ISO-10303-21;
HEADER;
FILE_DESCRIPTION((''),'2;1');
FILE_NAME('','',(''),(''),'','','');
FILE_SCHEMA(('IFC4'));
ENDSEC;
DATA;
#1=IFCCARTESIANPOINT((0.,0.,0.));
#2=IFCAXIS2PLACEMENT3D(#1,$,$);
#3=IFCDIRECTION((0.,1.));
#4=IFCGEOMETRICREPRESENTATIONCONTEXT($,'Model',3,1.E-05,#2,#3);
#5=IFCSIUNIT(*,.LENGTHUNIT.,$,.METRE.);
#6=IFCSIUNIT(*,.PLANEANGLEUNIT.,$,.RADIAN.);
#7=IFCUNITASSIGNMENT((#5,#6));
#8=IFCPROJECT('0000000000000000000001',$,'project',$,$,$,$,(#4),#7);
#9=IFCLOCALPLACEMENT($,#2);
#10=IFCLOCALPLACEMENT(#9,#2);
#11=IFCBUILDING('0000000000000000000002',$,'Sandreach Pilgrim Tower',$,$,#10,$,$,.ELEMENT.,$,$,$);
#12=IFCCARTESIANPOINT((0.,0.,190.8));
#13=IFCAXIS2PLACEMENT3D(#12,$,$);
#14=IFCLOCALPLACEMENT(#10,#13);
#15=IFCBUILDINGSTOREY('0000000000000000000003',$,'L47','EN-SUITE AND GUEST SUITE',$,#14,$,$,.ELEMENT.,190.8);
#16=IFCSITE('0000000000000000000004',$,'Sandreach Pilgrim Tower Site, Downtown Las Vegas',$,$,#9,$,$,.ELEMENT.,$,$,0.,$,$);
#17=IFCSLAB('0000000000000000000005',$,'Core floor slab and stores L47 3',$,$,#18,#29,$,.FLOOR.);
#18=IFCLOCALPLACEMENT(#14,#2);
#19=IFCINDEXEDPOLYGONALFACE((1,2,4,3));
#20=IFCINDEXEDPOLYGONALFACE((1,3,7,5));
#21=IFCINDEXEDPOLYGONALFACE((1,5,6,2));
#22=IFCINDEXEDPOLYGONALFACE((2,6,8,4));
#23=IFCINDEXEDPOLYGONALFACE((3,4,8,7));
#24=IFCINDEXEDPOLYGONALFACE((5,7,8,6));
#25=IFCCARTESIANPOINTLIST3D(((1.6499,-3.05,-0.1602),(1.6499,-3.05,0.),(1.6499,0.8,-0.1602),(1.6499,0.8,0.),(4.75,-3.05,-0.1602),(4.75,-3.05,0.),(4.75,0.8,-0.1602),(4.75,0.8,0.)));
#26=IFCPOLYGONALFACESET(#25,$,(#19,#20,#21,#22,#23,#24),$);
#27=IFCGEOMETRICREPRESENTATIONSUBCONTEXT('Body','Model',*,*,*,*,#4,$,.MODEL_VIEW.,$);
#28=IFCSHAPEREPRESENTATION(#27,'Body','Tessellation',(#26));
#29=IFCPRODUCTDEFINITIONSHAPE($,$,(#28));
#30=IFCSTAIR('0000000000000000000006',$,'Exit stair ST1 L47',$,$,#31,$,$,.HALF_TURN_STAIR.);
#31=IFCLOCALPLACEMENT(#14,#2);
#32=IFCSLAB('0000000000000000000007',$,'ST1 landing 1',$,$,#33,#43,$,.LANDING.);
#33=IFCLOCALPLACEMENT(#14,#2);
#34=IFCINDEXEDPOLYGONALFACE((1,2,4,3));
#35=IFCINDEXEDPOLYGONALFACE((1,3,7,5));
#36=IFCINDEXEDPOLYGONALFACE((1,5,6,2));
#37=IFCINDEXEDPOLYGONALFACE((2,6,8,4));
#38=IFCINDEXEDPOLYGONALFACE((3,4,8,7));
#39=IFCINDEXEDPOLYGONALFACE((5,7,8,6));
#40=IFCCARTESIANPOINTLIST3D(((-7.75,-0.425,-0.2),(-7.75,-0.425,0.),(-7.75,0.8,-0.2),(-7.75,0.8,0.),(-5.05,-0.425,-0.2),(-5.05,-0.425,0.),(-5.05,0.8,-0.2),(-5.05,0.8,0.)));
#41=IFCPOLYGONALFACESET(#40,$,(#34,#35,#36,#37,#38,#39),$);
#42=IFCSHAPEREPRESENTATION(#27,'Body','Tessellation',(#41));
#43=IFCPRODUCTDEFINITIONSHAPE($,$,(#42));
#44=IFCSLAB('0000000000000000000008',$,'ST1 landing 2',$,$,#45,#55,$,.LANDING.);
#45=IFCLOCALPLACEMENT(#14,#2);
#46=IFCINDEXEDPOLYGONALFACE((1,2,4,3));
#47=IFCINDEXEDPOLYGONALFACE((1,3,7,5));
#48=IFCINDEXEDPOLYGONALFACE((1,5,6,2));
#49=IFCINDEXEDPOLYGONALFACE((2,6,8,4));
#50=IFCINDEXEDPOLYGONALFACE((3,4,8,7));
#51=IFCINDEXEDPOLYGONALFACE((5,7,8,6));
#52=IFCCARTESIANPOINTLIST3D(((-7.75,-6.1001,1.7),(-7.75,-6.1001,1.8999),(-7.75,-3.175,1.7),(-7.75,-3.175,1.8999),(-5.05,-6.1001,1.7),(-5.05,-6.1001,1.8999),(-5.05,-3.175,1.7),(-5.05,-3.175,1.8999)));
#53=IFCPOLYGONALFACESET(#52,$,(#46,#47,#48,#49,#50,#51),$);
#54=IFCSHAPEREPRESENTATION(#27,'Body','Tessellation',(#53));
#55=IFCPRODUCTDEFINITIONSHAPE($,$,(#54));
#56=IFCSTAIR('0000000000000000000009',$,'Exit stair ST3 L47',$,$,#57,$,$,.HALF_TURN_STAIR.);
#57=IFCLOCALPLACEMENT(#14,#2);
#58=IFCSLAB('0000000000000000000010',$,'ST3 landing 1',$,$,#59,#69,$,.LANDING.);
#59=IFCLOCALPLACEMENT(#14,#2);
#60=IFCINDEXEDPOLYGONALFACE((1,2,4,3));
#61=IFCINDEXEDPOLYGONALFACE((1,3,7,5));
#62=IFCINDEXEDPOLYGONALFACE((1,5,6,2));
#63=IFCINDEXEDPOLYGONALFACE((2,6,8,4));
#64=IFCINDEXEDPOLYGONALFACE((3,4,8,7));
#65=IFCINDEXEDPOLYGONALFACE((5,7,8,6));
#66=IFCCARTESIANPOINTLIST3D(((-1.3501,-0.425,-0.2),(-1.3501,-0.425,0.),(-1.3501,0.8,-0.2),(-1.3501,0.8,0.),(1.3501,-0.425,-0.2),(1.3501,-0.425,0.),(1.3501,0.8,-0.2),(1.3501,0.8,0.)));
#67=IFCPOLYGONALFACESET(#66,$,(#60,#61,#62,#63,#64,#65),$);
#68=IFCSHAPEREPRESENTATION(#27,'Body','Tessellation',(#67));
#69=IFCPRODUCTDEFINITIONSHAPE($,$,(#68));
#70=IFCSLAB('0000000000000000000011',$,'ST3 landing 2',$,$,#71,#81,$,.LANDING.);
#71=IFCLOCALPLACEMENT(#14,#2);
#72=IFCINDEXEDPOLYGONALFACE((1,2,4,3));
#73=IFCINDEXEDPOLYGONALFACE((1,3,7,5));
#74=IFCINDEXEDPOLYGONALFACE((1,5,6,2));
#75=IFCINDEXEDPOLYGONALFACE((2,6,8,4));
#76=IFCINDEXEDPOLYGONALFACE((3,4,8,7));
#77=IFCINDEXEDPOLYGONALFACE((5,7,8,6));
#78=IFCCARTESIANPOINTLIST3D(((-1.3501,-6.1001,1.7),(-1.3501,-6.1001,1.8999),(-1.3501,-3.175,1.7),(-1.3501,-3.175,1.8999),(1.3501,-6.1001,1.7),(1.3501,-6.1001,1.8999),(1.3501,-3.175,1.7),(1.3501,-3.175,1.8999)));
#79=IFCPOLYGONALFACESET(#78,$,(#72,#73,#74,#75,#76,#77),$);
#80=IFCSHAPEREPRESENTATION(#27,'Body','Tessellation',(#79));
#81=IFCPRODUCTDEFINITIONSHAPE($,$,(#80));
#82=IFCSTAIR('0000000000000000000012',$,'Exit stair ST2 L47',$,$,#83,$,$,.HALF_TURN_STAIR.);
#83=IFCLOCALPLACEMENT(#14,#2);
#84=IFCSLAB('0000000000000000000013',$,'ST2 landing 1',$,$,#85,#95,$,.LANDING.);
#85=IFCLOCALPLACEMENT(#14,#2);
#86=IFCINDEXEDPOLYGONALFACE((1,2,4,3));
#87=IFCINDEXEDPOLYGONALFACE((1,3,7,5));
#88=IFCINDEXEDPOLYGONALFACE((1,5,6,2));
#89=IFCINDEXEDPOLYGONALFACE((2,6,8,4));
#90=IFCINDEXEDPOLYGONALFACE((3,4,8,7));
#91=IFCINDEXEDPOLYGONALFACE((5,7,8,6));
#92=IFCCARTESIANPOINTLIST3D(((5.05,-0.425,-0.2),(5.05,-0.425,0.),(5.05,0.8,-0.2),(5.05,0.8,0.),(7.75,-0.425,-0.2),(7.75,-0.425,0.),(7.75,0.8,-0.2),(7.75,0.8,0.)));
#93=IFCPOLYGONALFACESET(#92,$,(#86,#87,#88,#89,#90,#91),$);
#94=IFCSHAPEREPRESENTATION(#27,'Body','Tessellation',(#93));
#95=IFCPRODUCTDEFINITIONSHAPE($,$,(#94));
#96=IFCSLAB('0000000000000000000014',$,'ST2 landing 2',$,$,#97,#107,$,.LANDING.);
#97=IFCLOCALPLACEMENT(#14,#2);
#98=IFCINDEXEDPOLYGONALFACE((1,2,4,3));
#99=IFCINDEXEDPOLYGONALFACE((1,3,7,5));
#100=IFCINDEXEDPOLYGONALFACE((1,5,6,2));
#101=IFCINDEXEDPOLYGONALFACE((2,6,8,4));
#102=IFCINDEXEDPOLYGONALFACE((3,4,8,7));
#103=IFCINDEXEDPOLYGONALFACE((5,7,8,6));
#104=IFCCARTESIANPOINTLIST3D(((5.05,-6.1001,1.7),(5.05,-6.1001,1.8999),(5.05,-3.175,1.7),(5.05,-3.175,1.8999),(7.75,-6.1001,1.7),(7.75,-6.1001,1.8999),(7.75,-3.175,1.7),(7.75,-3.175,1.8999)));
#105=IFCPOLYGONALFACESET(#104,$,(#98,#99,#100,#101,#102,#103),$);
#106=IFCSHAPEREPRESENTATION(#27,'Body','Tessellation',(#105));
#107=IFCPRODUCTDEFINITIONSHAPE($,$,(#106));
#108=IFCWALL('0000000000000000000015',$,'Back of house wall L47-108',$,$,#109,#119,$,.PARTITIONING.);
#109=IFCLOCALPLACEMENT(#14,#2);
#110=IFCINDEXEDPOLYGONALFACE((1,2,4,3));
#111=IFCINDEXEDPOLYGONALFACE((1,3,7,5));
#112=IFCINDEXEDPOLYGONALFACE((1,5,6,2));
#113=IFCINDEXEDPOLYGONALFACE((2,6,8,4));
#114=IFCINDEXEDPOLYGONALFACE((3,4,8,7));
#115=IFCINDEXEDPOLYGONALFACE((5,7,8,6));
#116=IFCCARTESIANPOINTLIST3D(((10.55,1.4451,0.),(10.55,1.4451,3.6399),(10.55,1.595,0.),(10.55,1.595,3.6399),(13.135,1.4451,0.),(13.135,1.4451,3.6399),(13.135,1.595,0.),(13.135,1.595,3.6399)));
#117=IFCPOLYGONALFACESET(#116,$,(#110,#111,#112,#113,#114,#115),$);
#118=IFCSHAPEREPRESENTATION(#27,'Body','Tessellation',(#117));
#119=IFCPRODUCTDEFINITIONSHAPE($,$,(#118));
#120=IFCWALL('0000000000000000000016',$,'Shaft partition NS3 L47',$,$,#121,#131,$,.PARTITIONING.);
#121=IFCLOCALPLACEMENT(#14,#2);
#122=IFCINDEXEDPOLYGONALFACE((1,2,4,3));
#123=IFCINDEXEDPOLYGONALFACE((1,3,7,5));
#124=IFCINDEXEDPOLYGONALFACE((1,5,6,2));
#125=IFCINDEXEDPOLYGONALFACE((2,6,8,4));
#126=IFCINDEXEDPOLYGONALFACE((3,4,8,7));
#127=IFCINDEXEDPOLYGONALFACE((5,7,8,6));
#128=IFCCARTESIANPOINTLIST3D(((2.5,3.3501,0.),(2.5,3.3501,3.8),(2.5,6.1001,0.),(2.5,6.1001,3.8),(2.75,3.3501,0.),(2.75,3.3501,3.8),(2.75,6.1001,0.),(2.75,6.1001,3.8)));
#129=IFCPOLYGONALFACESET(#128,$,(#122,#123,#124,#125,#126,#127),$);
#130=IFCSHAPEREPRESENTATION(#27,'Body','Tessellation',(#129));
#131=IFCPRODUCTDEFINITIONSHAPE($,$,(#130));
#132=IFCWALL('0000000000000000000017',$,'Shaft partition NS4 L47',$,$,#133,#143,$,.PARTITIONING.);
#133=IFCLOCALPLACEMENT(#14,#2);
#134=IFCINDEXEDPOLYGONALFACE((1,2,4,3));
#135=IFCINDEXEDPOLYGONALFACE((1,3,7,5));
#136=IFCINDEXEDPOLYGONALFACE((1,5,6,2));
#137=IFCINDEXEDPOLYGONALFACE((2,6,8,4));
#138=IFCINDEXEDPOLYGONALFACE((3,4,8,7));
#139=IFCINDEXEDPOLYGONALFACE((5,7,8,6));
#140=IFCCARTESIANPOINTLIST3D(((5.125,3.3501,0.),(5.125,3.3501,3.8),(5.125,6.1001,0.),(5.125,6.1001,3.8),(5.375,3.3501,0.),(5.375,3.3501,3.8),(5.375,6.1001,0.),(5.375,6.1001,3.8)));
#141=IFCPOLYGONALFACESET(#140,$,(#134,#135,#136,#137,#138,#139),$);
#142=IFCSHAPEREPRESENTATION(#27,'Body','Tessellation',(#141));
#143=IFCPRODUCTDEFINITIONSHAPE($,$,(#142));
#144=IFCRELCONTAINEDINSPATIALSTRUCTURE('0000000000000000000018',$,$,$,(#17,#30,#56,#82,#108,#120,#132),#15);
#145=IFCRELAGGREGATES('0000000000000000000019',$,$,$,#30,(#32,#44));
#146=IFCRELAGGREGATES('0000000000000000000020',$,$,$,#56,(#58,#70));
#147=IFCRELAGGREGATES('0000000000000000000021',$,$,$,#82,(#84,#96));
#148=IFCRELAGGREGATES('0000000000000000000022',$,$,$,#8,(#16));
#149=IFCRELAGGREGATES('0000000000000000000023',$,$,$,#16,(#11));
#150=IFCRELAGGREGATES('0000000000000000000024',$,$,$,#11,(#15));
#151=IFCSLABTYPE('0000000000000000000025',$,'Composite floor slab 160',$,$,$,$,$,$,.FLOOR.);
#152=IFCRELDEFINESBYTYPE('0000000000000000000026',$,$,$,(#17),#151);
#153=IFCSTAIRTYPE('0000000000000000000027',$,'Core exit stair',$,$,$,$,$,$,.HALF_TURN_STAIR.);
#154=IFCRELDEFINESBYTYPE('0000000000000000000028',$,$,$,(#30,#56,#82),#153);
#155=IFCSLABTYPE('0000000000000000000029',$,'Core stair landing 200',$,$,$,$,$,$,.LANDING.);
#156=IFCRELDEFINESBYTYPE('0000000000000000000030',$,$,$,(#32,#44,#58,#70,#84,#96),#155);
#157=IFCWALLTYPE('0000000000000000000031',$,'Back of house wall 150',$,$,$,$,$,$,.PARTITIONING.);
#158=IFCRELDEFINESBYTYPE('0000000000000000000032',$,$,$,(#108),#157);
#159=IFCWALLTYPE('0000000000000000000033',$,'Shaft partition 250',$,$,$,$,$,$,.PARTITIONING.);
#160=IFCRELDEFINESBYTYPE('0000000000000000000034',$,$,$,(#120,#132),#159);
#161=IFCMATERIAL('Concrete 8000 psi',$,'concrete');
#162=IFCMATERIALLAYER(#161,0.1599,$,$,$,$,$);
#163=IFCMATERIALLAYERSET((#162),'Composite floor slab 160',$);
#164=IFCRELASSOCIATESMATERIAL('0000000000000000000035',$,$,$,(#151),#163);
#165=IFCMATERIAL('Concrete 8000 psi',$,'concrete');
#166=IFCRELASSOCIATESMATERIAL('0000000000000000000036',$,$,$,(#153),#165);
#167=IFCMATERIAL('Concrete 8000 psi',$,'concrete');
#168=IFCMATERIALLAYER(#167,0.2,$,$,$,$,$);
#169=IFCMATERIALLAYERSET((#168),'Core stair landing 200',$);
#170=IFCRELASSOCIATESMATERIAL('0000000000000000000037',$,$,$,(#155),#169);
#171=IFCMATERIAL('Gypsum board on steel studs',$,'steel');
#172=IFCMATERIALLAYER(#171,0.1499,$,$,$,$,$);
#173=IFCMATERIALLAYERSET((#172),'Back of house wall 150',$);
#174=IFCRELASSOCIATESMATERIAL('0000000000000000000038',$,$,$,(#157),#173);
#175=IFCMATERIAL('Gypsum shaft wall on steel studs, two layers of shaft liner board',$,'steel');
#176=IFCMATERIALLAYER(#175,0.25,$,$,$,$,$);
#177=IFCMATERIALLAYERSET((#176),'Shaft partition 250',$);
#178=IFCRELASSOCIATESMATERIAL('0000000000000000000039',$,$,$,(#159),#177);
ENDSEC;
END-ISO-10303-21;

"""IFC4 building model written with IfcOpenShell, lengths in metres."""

from ifc_helpers import new_model, si_unit, direction, frame, frame_2d, origin, place, context, subcontext, project, spatial, polyline, rectangle, outline, extrude, material, layer, layer_set, type_object, element, aggregate, save


model = new_model("IFC4")

# Units and contexts
model_context = context("Model", 3, precision=1e-05, world=origin(), true_north=direction((0.0, 1.0)))
body_context = subcontext(model_context, "Body", "Model", "MODEL_VIEW")
ifc_project = project(units=[si_unit("LENGTHUNIT", "METRE"), si_unit("PLANEANGLEUNIT", "RADIAN")], contexts=[model_context])

# Site, building, storey
site_placement = place(None, origin())
site = spatial("IfcSite", under=ifc_project, at=site_placement, Name="Sandreach Pilgrim Tower Site, Downtown Las Vegas", CompositionType="ELEMENT", RefElevation=0.0)
building_placement = place(site_placement, origin())
building = spatial("IfcBuilding", under=site, at=building_placement, Name="Sandreach Pilgrim Tower", CompositionType="ELEMENT")
storey_placement = place(building_placement, frame((0.0, 0.0, 190.8)))
storey = spatial("IfcBuildingStorey", under=building, at=storey_placement, Name="L47", Description="EN-SUITE AND GUEST SUITE", CompositionType="ELEMENT", Elevation=190.8)

# Slab
ifc_material_1 = material(Name="Concrete 8000 psi", Category="concrete")
ifc_layer_1 = layer(ifc_material_1, 0.1599)
ifc_layer_set_1 = layer_set([ifc_layer_1], Name="Composite floor slab 160")
slab_type_1 = type_object("IfcSlabType", Name="Composite floor slab 160", PredefinedType="FLOOR", material=ifc_layer_set_1)
slab_1_placement = place(storey_placement, frame((0.0, 0.0, -0.1602)))
element("IfcSlab", 1, at=slab_1_placement, inside=storey, type_object=slab_type_1, Name="Core floor slab and stores L47 3", PredefinedType="FLOOR", context=body_context, shape_type="SweptSolid", body=[
    extrude(outline(polyline([(4.75, -3.05), (1.6499, -3.05), (1.6499, 0.8), (4.75, 0.8), (4.75, -3.05)])), origin(), (0.0, 0.0, 1.0), 0.1602),
])

# Stairs, slabs
ifc_material_2 = material(Name="Concrete 8000 psi", Category="concrete")
stair_type = type_object("IfcStairType", Name="Core exit stair", PredefinedType="HALF_TURN_STAIR", material=ifc_material_2)
stair_1_placement = place(storey_placement, origin())
stair_1 = element("IfcStair", 2, at=stair_1_placement, inside=storey, type_object=stair_type, Name="Exit stair ST1 L47", PredefinedType="HALF_TURN_STAIR")
ifc_material_3 = material(Name="Concrete 8000 psi", Category="concrete")
ifc_layer_2 = layer(ifc_material_3, 0.2)
ifc_layer_set_2 = layer_set([ifc_layer_2], Name="Core stair landing 200")
slab_type_2 = type_object("IfcSlabType", Name="Core stair landing 200", PredefinedType="LANDING", material=ifc_layer_set_2)
slab_2_placement = place(storey_placement, frame((0.0, 0.0, -0.2)))
slab_2 = element("IfcSlab", 3, at=slab_2_placement, type_object=slab_type_2, Name="ST1 landing 1", PredefinedType="LANDING", context=body_context, shape_type="SweptSolid", body=[
    extrude(outline(polyline([(-7.75, -0.425), (-5.05, -0.425), (-5.05, 0.8), (-7.75, 0.8), (-7.75, -0.425)])), origin(), (0.0, 0.0, 1.0), 0.2),
])
slab_3_placement = place(storey_placement, frame((0.0, 0.0, 1.7)))
slab_3 = element("IfcSlab", 4, at=slab_3_placement, type_object=slab_type_2, Name="ST1 landing 2", PredefinedType="LANDING", context=body_context, shape_type="SweptSolid", body=[
    extrude(outline(polyline([(-7.75, -6.1001), (-5.05, -6.1001), (-5.05, -3.175), (-7.75, -3.175), (-7.75, -6.1001)])), origin(), (0.0, 0.0, 1.0), 0.2),
])
aggregate(stair_1, [slab_2, slab_3])
stair_2_placement = place(storey_placement, origin())
stair_2 = element("IfcStair", 5, at=stair_2_placement, inside=storey, type_object=stair_type, Name="Exit stair ST3 L47", PredefinedType="HALF_TURN_STAIR")
slab_4_placement = place(storey_placement, frame((0.0, 0.0, -0.2)))
slab_4 = element("IfcSlab", 6, at=slab_4_placement, type_object=slab_type_2, Name="ST3 landing 1", PredefinedType="LANDING", context=body_context, shape_type="SweptSolid", body=[
    extrude(outline(polyline([(-1.3501, -0.425), (1.3501, -0.425), (1.3501, 0.8), (-1.3501, 0.8), (-1.3501, -0.425)])), origin(), (0.0, 0.0, 1.0), 0.2),
])
slab_5_placement = place(storey_placement, frame((0.0, 0.0, 1.7)))
slab_5 = element("IfcSlab", 7, at=slab_5_placement, type_object=slab_type_2, Name="ST3 landing 2", PredefinedType="LANDING", context=body_context, shape_type="SweptSolid", body=[
    extrude(outline(polyline([(-1.3501, -6.1001), (1.3501, -6.1001), (1.3501, -3.175), (-1.3501, -3.175), (-1.3501, -6.1001)])), origin(), (0.0, 0.0, 1.0), 0.2),
])
aggregate(stair_2, [slab_4, slab_5])
stair_3_placement = place(storey_placement, origin())
stair_3 = element("IfcStair", 8, at=stair_3_placement, inside=storey, type_object=stair_type, Name="Exit stair ST2 L47", PredefinedType="HALF_TURN_STAIR")
slab_6_placement = place(storey_placement, frame((0.0, 0.0, -0.2)))
slab_6 = element("IfcSlab", 9, at=slab_6_placement, type_object=slab_type_2, Name="ST2 landing 1", PredefinedType="LANDING", context=body_context, shape_type="SweptSolid", body=[
    extrude(outline(polyline([(5.05, -0.425), (7.75, -0.425), (7.75, 0.8), (5.05, 0.8), (5.05, -0.425)])), origin(), (0.0, 0.0, 1.0), 0.2),
])
slab_7_placement = place(storey_placement, frame((0.0, 0.0, 1.7)))
slab_7 = element("IfcSlab", 10, at=slab_7_placement, type_object=slab_type_2, Name="ST2 landing 2", PredefinedType="LANDING", context=body_context, shape_type="SweptSolid", body=[
    extrude(outline(polyline([(5.05, -6.1001), (7.75, -6.1001), (7.75, -3.175), (5.05, -3.175), (5.05, -6.1001)])), origin(), (0.0, 0.0, 1.0), 0.2),
])
aggregate(stair_3, [slab_6, slab_7])

# Wall
ifc_material_4 = material(Name="Gypsum board on steel studs", Category="steel")
ifc_layer_3 = layer(ifc_material_4, 0.1499)
ifc_layer_set_3 = layer_set([ifc_layer_3], Name="Back of house wall 150")
wall_type_1 = type_object("IfcWallType", Name="Back of house wall 150", PredefinedType="PARTITIONING", material=ifc_layer_set_3)
wall_1_placement = place(storey_placement, frame((10.55, 1.52, 0.0), z_axis=(0.0, 0.0, 1.0), x_axis=(1.0, 0.0, 0.0)))
element("IfcWall", 11, at=wall_1_placement, inside=storey, type_object=wall_type_1, Name="Back of house wall L47-108", PredefinedType="PARTITIONING", context=body_context, shape_type="SweptSolid", body=[
    extrude(rectangle(XDim=2.585, YDim=0.1499, at=frame_2d((1.2925, 0.0))), origin(), (0.0, 0.0, 1.0), 3.6399),
])

# Walls
ifc_material_5 = material(Name="Gypsum shaft wall on steel studs, two layers of shaft liner board", Category="steel")
ifc_layer_4 = layer(ifc_material_5, 0.25)
ifc_layer_set_4 = layer_set([ifc_layer_4], Name="Shaft partition 250")
wall_type_2 = type_object("IfcWallType", Name="Shaft partition 250", PredefinedType="PARTITIONING", material=ifc_layer_set_4)
for number, where, z_axis, x_axis, name in (
    (12, (2.625, 3.3501, 0.0), (0.0, 0.0, 1.0), (0.0, 1.0, 0.0), "Shaft partition NS3 L47"),
    (13, (5.25, 3.3501, 0.0), (0.0, 0.0, 1.0), (0.0, 1.0, 0.0), "Shaft partition NS4 L47"),
):
    element("IfcWall", number, at=place(storey_placement, frame(where, z_axis=z_axis, x_axis=x_axis)), inside=storey, type_object=wall_type_2, Name=name, PredefinedType="PARTITIONING", context=body_context, shape_type="SweptSolid", body=[
        extrude(rectangle(XDim=2.75, YDim=0.25, at=frame_2d((1.375, 0.0))), origin(), (0.0, 0.0, 1.0), 3.8),
    ])

save(model, "model.ifc")
